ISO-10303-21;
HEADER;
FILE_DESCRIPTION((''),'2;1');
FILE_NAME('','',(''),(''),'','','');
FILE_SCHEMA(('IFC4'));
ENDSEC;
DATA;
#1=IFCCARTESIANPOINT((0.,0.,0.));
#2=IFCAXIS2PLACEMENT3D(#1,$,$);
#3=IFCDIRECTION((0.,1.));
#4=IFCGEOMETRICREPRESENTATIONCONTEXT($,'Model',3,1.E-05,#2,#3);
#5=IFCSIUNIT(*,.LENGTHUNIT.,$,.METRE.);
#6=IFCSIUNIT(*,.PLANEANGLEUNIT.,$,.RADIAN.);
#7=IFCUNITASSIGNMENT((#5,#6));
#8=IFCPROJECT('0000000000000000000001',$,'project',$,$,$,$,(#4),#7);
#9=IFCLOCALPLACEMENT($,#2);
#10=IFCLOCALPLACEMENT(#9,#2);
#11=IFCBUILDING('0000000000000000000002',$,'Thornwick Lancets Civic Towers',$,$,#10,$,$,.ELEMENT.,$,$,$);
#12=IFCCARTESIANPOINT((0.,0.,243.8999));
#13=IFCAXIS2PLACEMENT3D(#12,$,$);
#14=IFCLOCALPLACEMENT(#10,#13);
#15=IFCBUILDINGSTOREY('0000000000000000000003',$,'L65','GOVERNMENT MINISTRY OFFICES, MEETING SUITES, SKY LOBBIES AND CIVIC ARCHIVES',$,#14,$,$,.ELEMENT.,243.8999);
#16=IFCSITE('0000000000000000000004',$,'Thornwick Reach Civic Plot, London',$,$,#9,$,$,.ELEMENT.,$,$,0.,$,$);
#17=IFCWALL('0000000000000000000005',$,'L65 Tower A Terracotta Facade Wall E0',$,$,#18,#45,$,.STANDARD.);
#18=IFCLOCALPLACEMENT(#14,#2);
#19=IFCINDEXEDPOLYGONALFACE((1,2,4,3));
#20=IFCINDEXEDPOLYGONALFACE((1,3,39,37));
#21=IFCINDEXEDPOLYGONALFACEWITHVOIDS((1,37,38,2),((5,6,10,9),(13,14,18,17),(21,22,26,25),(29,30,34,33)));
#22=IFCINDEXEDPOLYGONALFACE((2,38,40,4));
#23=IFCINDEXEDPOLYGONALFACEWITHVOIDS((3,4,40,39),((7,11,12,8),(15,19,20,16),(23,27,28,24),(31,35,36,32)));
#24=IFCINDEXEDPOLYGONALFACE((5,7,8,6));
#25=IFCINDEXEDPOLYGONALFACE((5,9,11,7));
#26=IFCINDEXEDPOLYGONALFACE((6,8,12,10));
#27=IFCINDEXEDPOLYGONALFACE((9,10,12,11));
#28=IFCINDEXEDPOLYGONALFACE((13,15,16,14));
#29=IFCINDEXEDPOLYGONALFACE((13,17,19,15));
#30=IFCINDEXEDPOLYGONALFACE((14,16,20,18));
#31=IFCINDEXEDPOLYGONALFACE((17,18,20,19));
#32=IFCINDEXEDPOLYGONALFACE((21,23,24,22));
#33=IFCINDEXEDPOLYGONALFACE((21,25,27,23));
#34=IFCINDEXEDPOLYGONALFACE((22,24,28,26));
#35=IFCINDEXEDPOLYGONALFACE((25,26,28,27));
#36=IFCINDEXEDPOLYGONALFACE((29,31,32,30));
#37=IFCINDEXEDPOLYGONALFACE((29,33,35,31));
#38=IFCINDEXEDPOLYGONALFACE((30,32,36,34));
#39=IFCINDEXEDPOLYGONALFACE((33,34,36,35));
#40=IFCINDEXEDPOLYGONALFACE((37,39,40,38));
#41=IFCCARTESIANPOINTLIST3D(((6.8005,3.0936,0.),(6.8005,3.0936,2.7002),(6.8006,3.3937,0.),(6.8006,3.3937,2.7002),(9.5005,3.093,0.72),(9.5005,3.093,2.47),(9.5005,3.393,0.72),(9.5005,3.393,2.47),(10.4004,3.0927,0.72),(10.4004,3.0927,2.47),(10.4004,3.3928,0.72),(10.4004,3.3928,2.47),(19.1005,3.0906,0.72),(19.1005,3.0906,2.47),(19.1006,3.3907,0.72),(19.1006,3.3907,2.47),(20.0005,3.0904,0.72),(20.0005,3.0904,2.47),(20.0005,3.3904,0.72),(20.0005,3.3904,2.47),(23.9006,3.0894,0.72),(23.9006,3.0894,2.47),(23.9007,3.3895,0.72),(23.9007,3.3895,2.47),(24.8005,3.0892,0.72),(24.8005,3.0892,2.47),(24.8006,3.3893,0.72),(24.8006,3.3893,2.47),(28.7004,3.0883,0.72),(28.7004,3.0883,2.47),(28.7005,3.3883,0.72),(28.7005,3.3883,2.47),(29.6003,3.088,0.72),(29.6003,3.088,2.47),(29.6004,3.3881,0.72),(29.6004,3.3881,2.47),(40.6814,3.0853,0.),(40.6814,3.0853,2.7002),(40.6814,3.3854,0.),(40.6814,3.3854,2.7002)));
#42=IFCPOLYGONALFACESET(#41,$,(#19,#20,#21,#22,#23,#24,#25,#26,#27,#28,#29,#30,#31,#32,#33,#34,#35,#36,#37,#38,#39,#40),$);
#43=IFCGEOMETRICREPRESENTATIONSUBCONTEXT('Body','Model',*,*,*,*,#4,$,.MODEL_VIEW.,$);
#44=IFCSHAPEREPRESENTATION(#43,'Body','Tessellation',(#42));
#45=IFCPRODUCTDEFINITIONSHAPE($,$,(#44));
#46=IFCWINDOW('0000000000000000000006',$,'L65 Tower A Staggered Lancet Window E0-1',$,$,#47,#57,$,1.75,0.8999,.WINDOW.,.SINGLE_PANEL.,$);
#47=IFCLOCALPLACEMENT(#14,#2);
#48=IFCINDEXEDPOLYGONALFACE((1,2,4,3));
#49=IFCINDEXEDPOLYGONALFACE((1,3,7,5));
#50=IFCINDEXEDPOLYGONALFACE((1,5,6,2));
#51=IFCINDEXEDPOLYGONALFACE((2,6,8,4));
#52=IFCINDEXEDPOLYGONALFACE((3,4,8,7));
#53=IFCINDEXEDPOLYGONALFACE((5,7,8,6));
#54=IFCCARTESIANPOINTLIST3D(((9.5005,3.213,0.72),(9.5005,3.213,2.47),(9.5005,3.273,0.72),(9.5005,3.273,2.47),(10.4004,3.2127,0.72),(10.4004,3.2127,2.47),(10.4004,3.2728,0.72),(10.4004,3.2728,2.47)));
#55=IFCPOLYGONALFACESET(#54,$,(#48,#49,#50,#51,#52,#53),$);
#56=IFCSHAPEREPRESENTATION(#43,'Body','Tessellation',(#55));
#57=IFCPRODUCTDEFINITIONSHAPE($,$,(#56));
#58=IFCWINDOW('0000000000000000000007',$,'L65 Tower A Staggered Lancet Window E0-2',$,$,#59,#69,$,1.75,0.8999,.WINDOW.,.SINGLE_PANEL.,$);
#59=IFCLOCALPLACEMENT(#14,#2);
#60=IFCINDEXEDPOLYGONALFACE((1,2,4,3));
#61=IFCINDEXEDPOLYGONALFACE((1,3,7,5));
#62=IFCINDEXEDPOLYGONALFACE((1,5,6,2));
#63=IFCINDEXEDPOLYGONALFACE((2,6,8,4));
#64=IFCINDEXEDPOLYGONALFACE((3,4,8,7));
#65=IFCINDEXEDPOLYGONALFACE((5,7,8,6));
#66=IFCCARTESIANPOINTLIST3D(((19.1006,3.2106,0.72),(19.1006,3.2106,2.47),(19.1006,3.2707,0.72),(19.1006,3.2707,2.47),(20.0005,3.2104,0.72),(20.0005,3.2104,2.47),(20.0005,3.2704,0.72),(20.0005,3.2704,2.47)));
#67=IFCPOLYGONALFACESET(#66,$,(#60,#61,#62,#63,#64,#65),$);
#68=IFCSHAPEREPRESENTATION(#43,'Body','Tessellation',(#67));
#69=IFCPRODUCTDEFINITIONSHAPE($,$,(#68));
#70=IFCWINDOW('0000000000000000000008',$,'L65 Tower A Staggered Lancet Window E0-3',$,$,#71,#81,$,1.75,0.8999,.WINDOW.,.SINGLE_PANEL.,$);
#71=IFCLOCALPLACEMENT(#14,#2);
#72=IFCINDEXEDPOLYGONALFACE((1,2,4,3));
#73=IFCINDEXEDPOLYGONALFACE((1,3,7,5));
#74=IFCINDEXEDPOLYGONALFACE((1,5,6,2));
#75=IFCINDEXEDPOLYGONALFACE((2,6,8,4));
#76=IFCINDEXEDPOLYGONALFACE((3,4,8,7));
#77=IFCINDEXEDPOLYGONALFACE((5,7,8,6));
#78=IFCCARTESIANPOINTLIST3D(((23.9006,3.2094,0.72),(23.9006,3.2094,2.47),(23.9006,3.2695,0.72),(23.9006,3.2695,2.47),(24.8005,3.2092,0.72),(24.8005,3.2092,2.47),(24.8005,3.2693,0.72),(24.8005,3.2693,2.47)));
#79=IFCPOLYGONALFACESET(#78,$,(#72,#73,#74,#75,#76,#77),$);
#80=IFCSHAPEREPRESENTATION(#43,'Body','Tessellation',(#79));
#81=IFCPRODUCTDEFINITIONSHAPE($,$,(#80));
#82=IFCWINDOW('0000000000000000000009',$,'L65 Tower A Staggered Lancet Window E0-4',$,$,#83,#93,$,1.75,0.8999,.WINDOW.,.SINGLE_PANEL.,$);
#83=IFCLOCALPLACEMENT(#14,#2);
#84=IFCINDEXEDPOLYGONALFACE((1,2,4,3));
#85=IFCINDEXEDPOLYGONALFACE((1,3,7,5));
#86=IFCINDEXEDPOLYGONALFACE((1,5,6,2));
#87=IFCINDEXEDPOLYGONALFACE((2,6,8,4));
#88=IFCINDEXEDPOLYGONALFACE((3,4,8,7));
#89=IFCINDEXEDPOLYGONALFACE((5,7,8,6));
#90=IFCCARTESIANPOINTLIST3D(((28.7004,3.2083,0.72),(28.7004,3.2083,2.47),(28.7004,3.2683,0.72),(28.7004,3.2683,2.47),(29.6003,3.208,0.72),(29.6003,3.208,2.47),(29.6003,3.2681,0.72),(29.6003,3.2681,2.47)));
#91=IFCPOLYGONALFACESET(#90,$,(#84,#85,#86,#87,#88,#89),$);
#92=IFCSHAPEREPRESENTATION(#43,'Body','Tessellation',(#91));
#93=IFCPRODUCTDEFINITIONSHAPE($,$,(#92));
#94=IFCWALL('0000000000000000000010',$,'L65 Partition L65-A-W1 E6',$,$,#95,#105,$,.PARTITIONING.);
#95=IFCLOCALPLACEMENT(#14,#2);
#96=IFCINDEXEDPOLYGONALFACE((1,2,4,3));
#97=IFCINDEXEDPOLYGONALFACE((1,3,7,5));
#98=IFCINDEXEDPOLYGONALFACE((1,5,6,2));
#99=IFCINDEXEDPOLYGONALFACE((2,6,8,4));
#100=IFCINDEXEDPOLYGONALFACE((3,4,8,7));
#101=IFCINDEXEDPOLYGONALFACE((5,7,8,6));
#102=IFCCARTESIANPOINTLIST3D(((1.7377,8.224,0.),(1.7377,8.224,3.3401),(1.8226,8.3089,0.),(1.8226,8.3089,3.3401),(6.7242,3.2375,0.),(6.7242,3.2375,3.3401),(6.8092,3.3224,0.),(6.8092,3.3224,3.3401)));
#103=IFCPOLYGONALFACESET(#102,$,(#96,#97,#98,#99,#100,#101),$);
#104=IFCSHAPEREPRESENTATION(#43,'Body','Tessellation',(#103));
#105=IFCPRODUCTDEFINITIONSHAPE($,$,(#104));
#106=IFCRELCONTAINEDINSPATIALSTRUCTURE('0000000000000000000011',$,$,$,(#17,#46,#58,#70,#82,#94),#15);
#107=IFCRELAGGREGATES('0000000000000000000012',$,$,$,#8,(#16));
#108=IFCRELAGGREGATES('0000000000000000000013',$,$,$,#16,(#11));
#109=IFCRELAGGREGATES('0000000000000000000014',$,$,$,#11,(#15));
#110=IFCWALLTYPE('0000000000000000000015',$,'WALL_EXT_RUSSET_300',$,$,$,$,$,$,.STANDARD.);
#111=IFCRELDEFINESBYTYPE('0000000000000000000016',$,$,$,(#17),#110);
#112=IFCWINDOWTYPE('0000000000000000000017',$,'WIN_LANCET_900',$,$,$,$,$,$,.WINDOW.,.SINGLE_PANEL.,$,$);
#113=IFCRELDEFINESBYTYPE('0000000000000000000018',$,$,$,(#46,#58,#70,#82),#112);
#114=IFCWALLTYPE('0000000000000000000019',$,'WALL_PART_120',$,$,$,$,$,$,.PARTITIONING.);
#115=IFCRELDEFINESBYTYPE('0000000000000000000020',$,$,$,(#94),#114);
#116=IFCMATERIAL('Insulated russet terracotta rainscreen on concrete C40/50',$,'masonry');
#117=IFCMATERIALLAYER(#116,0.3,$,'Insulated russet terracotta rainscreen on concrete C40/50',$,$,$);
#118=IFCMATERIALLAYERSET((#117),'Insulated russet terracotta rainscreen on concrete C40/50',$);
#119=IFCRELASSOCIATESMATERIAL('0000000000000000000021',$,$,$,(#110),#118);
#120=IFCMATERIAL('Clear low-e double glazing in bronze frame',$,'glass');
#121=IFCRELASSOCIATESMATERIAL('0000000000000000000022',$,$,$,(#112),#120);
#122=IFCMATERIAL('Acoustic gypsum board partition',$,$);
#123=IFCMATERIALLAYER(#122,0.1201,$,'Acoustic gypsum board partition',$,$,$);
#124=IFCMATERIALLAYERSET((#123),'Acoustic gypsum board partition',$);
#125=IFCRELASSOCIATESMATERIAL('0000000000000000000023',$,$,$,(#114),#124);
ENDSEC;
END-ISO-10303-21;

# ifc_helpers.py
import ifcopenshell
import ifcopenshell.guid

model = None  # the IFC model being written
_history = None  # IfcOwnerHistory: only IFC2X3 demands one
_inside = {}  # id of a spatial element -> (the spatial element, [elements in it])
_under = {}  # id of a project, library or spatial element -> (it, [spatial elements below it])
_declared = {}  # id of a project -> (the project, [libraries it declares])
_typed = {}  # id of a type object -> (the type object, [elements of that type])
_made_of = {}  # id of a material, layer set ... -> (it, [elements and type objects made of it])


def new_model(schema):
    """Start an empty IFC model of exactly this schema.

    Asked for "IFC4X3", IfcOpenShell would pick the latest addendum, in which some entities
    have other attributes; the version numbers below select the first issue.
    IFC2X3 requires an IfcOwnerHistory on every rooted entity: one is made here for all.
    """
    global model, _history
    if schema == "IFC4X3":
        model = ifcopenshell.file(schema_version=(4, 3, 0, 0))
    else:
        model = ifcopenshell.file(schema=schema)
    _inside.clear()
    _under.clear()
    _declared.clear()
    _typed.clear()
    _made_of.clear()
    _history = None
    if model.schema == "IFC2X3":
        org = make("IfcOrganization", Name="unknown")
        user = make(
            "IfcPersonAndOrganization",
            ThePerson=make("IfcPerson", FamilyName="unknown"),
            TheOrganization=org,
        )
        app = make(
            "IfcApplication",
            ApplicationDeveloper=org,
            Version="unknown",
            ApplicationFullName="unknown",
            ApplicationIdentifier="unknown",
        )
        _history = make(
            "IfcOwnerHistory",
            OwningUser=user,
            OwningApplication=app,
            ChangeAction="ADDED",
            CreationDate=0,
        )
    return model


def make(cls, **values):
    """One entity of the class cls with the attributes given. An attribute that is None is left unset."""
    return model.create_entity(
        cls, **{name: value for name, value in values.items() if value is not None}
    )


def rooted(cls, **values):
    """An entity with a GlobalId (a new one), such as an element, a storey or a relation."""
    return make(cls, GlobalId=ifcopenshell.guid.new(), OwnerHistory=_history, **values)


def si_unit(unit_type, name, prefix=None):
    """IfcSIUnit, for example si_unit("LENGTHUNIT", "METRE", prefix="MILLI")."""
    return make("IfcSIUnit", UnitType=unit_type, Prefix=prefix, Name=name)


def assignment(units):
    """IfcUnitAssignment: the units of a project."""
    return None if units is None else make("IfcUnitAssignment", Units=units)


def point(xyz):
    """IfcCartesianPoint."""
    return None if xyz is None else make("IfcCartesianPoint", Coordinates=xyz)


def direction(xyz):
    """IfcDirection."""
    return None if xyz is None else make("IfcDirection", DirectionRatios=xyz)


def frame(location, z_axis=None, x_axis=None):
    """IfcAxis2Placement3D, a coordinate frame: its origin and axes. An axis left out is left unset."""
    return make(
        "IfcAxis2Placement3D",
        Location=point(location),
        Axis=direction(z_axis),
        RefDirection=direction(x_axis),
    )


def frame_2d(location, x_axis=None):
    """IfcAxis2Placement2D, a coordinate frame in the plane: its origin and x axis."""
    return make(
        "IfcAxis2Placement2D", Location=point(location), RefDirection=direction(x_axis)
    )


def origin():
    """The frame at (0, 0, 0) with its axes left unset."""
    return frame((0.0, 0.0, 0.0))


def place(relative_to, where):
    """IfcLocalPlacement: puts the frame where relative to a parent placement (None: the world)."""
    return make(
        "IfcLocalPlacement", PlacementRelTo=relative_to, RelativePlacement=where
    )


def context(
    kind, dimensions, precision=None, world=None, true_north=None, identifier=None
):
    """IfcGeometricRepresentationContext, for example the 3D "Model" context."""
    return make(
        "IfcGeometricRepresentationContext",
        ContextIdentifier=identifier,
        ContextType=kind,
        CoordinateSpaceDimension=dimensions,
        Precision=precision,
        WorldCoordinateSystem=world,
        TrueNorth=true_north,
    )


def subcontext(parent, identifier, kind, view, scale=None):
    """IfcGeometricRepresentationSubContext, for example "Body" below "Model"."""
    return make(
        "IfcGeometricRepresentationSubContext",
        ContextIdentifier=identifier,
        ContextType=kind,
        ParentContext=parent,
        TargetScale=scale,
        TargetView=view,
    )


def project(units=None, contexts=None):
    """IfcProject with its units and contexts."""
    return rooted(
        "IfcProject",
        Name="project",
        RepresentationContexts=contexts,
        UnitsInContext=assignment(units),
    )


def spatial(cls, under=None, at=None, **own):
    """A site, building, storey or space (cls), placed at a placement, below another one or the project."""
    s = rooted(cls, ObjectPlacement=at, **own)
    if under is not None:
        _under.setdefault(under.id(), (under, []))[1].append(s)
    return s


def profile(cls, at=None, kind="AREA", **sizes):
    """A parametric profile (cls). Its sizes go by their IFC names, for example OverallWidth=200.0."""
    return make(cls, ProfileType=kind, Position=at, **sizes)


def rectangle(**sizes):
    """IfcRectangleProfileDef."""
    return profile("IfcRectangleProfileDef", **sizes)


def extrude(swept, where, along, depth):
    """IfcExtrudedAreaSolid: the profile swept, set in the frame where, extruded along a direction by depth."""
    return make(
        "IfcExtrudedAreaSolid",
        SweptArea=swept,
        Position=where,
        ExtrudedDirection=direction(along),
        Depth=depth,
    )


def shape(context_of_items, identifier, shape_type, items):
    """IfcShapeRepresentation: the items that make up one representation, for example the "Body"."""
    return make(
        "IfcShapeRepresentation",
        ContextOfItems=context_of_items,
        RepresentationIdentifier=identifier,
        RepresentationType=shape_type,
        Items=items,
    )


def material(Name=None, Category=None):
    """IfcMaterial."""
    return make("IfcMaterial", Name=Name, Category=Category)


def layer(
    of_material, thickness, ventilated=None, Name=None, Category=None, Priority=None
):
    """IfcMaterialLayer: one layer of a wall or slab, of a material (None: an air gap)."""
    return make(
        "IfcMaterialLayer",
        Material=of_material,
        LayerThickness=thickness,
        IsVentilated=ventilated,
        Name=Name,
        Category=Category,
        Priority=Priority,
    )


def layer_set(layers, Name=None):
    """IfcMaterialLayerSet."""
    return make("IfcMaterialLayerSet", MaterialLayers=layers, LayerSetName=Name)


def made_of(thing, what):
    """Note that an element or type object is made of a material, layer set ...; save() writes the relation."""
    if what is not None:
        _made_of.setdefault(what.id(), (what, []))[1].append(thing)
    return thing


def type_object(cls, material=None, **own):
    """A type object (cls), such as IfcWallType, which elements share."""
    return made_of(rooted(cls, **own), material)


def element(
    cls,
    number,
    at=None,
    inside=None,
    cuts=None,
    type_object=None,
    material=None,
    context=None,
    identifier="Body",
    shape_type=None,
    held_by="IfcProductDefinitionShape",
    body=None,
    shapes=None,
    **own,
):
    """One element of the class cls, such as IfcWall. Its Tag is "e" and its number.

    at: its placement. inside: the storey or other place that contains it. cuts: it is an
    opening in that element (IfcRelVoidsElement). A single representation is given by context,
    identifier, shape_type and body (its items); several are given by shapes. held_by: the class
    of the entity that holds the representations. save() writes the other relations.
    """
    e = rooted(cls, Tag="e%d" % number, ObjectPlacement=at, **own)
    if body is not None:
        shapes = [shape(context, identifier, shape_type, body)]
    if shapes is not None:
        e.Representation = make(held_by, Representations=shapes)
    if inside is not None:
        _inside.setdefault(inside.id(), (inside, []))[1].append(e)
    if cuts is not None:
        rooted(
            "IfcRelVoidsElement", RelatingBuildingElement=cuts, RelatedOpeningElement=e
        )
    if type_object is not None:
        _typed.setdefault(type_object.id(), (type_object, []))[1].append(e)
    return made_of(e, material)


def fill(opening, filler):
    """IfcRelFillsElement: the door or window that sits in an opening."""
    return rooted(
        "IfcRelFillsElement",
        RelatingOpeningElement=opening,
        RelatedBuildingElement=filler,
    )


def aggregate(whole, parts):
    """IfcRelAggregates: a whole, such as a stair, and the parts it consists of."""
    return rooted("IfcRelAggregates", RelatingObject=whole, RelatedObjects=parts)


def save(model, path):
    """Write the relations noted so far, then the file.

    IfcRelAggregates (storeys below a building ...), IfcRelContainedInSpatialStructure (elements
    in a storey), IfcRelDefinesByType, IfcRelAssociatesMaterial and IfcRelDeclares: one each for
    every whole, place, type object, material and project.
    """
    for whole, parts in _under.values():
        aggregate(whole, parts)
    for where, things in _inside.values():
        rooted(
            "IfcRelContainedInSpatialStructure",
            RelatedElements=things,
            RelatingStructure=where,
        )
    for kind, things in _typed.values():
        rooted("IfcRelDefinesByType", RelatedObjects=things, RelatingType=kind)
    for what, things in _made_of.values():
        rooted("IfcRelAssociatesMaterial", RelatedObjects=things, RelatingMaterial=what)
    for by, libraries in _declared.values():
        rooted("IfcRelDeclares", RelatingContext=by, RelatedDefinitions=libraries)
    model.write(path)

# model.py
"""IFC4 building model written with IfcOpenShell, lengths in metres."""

from ifc_helpers import new_model, si_unit, direction, frame, frame_2d, origin, place, context, subcontext, project, spatial, rectangle, extrude, material, layer, layer_set, type_object, element, fill, save


model = new_model("IFC4")

# Units and contexts
model_context = context("Model", 3, precision=1e-05, world=origin(), true_north=direction((0.0, 1.0)))
body_context = subcontext(model_context, "Body", "Model", "MODEL_VIEW")
ifc_project = project(units=[si_unit("LENGTHUNIT", "METRE"), si_unit("PLANEANGLEUNIT", "RADIAN")], contexts=[model_context])

# Site, building, storey
site_placement = place(None, origin())
site = spatial("IfcSite", under=ifc_project, at=site_placement, Name="Thornwick Reach Civic Plot, London", CompositionType="ELEMENT", RefElevation=0.0)
building_placement = place(site_placement, origin())
building = spatial("IfcBuilding", under=site, at=building_placement, Name="Thornwick Lancets Civic Towers", CompositionType="ELEMENT")
storey_placement = place(building_placement, frame((0.0, 0.0, 243.8999)))
storey = spatial("IfcBuildingStorey", under=building, at=storey_placement, Name="L65", Description="GOVERNMENT MINISTRY OFFICES, MEETING SUITES, SKY LOBBIES AND CIVIC ARCHIVES", CompositionType="ELEMENT", Elevation=243.8999)

# Wall, openings, windows
ifc_material_1 = material(Name="Insulated russet terracotta rainscreen on concrete C40/50", Category="masonry")
ifc_layer_1 = layer(ifc_material_1, 0.3, Name="Insulated russet terracotta rainscreen on concrete C40/50")
ifc_layer_set_1 = layer_set([ifc_layer_1], Name="Insulated russet terracotta rainscreen on concrete C40/50")
wall_type_1 = type_object("IfcWallType", Name="WALL_EXT_RUSSET_300", PredefinedType="STANDARD", material=ifc_layer_set_1)
wall_1_placement = place(storey_placement, frame((6.8005, 3.2437, 0.0), z_axis=(0.0, 0.0, 1.0), x_axis=(1.0, -0.000245, 0.0)))
wall_1 = element("IfcWall", 1, at=wall_1_placement, inside=storey, type_object=wall_type_1, Name="L65 Tower A Terracotta Facade Wall E0", PredefinedType="STANDARD", context=body_context, shape_type="SweptSolid", body=[
    extrude(rectangle(XDim=33.8809, YDim=0.3, at=frame_2d((16.9404, 0.0))), origin(), (0.0, 0.0, 1.0), 2.7002),
])
opening_1_placement = place(wall_1_placement, frame((2.7, 0.0, 0.72)))
opening_1 = element("IfcOpeningElement", 2, at=opening_1_placement, cuts=wall_1, PredefinedType="OPENING", context=body_context, shape_type="SweptSolid", body=[
    extrude(rectangle(XDim=0.8999, YDim=1.75, at=frame_2d((0.45, 0.875))), frame((0.0, 0.1602, 0.0), z_axis=(0.0, -1.0, 0.0), x_axis=(1.0, 0.0, 0.0)), (0.0, 0.0, 1.0), 0.3201),
])
opening_2_placement = place(wall_1_placement, frame((12.3, 0.0, 0.72)))
opening_2 = element("IfcOpeningElement", 3, at=opening_2_placement, cuts=wall_1, PredefinedType="OPENING", context=body_context, shape_type="SweptSolid", body=[
    extrude(rectangle(XDim=0.8999, YDim=1.75, at=frame_2d((0.45, 0.875))), frame((0.0, 0.1602, 0.0), z_axis=(0.0, -1.0, 0.0), x_axis=(1.0, 0.0, 0.0)), (0.0, 0.0, 1.0), 0.3201),
])
opening_3_placement = place(wall_1_placement, frame((17.1001, 0.0, 0.72)))
opening_3 = element("IfcOpeningElement", 4, at=opening_3_placement, cuts=wall_1, PredefinedType="OPENING", context=body_context, shape_type="SweptSolid", body=[
    extrude(rectangle(XDim=0.8999, YDim=1.75, at=frame_2d((0.45, 0.875))), frame((0.0, 0.1602, 0.0), z_axis=(0.0, -1.0, 0.0), x_axis=(1.0, 0.0, 0.0)), (0.0, 0.0, 1.0), 0.3201),
])
opening_4_placement = place(wall_1_placement, frame((21.8999, 0.0, 0.72)))
opening_4 = element("IfcOpeningElement", 5, at=opening_4_placement, cuts=wall_1, PredefinedType="OPENING", context=body_context, shape_type="SweptSolid", body=[
    extrude(rectangle(XDim=0.8999, YDim=1.75, at=frame_2d((0.45, 0.875))), frame((0.0, 0.1602, 0.0), z_axis=(0.0, -1.0, 0.0), x_axis=(1.0, 0.0, 0.0)), (0.0, 0.0, 1.0), 0.3201),
])
ifc_material_2 = material(Name="Clear low-e double glazing in bronze frame", Category="glass")
window_type = type_object("IfcWindowType", Name="WIN_LANCET_900", PartitioningType="SINGLE_PANEL", PredefinedType="WINDOW", material=ifc_material_2)
window_1_placement = place(opening_1_placement, origin())
window_1 = element("IfcWindow", 6, at=window_1_placement, inside=storey, type_object=window_type, Name="L65 Tower A Staggered Lancet Window E0-1", OverallHeight=1.75, OverallWidth=0.8999, PartitioningType="SINGLE_PANEL", PredefinedType="WINDOW", context=body_context, shape_type="SweptSolid", body=[
    extrude(rectangle(XDim=0.8999, YDim=1.75, at=frame_2d((0.45, 0.875))), frame((0.0, 0.03, 0.0), z_axis=(0.0, -1.0, 0.0), x_axis=(1.0, 0.0, 0.0)), (0.0, 0.0, 1.0), 0.0601),
])
fill(opening_1, window_1)
window_2_placement = place(opening_2_placement, origin())
window_2 = element("IfcWindow", 7, at=window_2_placement, inside=storey, type_object=window_type, Name="L65 Tower A Staggered Lancet Window E0-2", OverallHeight=1.75, OverallWidth=0.8999, PartitioningType="SINGLE_PANEL", PredefinedType="WINDOW", context=body_context, shape_type="SweptSolid", body=[
    extrude(rectangle(XDim=0.8999, YDim=1.75, at=frame_2d((0.45, 0.875))), frame((0.0, 0.03, 0.0), z_axis=(0.0, -1.0, 0.0), x_axis=(1.0, 0.0, 0.0)), (0.0, 0.0, 1.0), 0.0601),
])
fill(opening_2, window_2)
window_3_placement = place(opening_3_placement, origin())
window_3 = element("IfcWindow", 8, at=window_3_placement, inside=storey, type_object=window_type, Name="L65 Tower A Staggered Lancet Window E0-3", OverallHeight=1.75, OverallWidth=0.8999, PartitioningType="SINGLE_PANEL", PredefinedType="WINDOW", context=body_context, shape_type="SweptSolid", body=[
    extrude(rectangle(XDim=0.8999, YDim=1.75, at=frame_2d((0.45, 0.875))), frame((0.0, 0.03, 0.0), z_axis=(0.0, -1.0, 0.0), x_axis=(1.0, 0.0, 0.0)), (0.0, 0.0, 1.0), 0.0601),
])
fill(opening_3, window_3)
window_4_placement = place(opening_4_placement, origin())
window_4 = element("IfcWindow", 9, at=window_4_placement, inside=storey, type_object=window_type, Name="L65 Tower A Staggered Lancet Window E0-4", OverallHeight=1.75, OverallWidth=0.8999, PartitioningType="SINGLE_PANEL", PredefinedType="WINDOW", context=body_context, shape_type="SweptSolid", body=[
    extrude(rectangle(XDim=0.8999, YDim=1.75, at=frame_2d((0.45, 0.875))), frame((0.0, 0.03, 0.0), z_axis=(0.0, -1.0, 0.0), x_axis=(1.0, 0.0, 0.0)), (0.0, 0.0, 1.0), 0.0601),
])
fill(opening_4, window_4)

# Wall
ifc_material_3 = material(Name="Acoustic gypsum board partition")
ifc_layer_2 = layer(ifc_material_3, 0.1201, Name="Acoustic gypsum board partition")
ifc_layer_set_2 = layer_set([ifc_layer_2], Name="Acoustic gypsum board partition")
wall_type_2 = type_object("IfcWallType", Name="WALL_PART_120", PredefinedType="PARTITIONING", material=ifc_layer_set_2)
wall_2_placement = place(storey_placement, frame((6.7666, 3.28, 0.0), z_axis=(0.0, 0.0, 1.0), x_axis=(-0.707107, 0.707107, 0.0)))
element("IfcWall", 10, at=wall_2_placement, inside=storey, type_object=wall_type_2, Name="L65 Partition L65-A-W1 E6", PredefinedType="PARTITIONING", context=body_context, shape_type="SweptSolid", body=[
    extrude(rectangle(XDim=7.052, YDim=0.1201, at=frame_2d((3.5259, 0.0))), origin(), (0.0, 0.0, 1.0), 3.3401),
])

save(model, "model.ifc")
